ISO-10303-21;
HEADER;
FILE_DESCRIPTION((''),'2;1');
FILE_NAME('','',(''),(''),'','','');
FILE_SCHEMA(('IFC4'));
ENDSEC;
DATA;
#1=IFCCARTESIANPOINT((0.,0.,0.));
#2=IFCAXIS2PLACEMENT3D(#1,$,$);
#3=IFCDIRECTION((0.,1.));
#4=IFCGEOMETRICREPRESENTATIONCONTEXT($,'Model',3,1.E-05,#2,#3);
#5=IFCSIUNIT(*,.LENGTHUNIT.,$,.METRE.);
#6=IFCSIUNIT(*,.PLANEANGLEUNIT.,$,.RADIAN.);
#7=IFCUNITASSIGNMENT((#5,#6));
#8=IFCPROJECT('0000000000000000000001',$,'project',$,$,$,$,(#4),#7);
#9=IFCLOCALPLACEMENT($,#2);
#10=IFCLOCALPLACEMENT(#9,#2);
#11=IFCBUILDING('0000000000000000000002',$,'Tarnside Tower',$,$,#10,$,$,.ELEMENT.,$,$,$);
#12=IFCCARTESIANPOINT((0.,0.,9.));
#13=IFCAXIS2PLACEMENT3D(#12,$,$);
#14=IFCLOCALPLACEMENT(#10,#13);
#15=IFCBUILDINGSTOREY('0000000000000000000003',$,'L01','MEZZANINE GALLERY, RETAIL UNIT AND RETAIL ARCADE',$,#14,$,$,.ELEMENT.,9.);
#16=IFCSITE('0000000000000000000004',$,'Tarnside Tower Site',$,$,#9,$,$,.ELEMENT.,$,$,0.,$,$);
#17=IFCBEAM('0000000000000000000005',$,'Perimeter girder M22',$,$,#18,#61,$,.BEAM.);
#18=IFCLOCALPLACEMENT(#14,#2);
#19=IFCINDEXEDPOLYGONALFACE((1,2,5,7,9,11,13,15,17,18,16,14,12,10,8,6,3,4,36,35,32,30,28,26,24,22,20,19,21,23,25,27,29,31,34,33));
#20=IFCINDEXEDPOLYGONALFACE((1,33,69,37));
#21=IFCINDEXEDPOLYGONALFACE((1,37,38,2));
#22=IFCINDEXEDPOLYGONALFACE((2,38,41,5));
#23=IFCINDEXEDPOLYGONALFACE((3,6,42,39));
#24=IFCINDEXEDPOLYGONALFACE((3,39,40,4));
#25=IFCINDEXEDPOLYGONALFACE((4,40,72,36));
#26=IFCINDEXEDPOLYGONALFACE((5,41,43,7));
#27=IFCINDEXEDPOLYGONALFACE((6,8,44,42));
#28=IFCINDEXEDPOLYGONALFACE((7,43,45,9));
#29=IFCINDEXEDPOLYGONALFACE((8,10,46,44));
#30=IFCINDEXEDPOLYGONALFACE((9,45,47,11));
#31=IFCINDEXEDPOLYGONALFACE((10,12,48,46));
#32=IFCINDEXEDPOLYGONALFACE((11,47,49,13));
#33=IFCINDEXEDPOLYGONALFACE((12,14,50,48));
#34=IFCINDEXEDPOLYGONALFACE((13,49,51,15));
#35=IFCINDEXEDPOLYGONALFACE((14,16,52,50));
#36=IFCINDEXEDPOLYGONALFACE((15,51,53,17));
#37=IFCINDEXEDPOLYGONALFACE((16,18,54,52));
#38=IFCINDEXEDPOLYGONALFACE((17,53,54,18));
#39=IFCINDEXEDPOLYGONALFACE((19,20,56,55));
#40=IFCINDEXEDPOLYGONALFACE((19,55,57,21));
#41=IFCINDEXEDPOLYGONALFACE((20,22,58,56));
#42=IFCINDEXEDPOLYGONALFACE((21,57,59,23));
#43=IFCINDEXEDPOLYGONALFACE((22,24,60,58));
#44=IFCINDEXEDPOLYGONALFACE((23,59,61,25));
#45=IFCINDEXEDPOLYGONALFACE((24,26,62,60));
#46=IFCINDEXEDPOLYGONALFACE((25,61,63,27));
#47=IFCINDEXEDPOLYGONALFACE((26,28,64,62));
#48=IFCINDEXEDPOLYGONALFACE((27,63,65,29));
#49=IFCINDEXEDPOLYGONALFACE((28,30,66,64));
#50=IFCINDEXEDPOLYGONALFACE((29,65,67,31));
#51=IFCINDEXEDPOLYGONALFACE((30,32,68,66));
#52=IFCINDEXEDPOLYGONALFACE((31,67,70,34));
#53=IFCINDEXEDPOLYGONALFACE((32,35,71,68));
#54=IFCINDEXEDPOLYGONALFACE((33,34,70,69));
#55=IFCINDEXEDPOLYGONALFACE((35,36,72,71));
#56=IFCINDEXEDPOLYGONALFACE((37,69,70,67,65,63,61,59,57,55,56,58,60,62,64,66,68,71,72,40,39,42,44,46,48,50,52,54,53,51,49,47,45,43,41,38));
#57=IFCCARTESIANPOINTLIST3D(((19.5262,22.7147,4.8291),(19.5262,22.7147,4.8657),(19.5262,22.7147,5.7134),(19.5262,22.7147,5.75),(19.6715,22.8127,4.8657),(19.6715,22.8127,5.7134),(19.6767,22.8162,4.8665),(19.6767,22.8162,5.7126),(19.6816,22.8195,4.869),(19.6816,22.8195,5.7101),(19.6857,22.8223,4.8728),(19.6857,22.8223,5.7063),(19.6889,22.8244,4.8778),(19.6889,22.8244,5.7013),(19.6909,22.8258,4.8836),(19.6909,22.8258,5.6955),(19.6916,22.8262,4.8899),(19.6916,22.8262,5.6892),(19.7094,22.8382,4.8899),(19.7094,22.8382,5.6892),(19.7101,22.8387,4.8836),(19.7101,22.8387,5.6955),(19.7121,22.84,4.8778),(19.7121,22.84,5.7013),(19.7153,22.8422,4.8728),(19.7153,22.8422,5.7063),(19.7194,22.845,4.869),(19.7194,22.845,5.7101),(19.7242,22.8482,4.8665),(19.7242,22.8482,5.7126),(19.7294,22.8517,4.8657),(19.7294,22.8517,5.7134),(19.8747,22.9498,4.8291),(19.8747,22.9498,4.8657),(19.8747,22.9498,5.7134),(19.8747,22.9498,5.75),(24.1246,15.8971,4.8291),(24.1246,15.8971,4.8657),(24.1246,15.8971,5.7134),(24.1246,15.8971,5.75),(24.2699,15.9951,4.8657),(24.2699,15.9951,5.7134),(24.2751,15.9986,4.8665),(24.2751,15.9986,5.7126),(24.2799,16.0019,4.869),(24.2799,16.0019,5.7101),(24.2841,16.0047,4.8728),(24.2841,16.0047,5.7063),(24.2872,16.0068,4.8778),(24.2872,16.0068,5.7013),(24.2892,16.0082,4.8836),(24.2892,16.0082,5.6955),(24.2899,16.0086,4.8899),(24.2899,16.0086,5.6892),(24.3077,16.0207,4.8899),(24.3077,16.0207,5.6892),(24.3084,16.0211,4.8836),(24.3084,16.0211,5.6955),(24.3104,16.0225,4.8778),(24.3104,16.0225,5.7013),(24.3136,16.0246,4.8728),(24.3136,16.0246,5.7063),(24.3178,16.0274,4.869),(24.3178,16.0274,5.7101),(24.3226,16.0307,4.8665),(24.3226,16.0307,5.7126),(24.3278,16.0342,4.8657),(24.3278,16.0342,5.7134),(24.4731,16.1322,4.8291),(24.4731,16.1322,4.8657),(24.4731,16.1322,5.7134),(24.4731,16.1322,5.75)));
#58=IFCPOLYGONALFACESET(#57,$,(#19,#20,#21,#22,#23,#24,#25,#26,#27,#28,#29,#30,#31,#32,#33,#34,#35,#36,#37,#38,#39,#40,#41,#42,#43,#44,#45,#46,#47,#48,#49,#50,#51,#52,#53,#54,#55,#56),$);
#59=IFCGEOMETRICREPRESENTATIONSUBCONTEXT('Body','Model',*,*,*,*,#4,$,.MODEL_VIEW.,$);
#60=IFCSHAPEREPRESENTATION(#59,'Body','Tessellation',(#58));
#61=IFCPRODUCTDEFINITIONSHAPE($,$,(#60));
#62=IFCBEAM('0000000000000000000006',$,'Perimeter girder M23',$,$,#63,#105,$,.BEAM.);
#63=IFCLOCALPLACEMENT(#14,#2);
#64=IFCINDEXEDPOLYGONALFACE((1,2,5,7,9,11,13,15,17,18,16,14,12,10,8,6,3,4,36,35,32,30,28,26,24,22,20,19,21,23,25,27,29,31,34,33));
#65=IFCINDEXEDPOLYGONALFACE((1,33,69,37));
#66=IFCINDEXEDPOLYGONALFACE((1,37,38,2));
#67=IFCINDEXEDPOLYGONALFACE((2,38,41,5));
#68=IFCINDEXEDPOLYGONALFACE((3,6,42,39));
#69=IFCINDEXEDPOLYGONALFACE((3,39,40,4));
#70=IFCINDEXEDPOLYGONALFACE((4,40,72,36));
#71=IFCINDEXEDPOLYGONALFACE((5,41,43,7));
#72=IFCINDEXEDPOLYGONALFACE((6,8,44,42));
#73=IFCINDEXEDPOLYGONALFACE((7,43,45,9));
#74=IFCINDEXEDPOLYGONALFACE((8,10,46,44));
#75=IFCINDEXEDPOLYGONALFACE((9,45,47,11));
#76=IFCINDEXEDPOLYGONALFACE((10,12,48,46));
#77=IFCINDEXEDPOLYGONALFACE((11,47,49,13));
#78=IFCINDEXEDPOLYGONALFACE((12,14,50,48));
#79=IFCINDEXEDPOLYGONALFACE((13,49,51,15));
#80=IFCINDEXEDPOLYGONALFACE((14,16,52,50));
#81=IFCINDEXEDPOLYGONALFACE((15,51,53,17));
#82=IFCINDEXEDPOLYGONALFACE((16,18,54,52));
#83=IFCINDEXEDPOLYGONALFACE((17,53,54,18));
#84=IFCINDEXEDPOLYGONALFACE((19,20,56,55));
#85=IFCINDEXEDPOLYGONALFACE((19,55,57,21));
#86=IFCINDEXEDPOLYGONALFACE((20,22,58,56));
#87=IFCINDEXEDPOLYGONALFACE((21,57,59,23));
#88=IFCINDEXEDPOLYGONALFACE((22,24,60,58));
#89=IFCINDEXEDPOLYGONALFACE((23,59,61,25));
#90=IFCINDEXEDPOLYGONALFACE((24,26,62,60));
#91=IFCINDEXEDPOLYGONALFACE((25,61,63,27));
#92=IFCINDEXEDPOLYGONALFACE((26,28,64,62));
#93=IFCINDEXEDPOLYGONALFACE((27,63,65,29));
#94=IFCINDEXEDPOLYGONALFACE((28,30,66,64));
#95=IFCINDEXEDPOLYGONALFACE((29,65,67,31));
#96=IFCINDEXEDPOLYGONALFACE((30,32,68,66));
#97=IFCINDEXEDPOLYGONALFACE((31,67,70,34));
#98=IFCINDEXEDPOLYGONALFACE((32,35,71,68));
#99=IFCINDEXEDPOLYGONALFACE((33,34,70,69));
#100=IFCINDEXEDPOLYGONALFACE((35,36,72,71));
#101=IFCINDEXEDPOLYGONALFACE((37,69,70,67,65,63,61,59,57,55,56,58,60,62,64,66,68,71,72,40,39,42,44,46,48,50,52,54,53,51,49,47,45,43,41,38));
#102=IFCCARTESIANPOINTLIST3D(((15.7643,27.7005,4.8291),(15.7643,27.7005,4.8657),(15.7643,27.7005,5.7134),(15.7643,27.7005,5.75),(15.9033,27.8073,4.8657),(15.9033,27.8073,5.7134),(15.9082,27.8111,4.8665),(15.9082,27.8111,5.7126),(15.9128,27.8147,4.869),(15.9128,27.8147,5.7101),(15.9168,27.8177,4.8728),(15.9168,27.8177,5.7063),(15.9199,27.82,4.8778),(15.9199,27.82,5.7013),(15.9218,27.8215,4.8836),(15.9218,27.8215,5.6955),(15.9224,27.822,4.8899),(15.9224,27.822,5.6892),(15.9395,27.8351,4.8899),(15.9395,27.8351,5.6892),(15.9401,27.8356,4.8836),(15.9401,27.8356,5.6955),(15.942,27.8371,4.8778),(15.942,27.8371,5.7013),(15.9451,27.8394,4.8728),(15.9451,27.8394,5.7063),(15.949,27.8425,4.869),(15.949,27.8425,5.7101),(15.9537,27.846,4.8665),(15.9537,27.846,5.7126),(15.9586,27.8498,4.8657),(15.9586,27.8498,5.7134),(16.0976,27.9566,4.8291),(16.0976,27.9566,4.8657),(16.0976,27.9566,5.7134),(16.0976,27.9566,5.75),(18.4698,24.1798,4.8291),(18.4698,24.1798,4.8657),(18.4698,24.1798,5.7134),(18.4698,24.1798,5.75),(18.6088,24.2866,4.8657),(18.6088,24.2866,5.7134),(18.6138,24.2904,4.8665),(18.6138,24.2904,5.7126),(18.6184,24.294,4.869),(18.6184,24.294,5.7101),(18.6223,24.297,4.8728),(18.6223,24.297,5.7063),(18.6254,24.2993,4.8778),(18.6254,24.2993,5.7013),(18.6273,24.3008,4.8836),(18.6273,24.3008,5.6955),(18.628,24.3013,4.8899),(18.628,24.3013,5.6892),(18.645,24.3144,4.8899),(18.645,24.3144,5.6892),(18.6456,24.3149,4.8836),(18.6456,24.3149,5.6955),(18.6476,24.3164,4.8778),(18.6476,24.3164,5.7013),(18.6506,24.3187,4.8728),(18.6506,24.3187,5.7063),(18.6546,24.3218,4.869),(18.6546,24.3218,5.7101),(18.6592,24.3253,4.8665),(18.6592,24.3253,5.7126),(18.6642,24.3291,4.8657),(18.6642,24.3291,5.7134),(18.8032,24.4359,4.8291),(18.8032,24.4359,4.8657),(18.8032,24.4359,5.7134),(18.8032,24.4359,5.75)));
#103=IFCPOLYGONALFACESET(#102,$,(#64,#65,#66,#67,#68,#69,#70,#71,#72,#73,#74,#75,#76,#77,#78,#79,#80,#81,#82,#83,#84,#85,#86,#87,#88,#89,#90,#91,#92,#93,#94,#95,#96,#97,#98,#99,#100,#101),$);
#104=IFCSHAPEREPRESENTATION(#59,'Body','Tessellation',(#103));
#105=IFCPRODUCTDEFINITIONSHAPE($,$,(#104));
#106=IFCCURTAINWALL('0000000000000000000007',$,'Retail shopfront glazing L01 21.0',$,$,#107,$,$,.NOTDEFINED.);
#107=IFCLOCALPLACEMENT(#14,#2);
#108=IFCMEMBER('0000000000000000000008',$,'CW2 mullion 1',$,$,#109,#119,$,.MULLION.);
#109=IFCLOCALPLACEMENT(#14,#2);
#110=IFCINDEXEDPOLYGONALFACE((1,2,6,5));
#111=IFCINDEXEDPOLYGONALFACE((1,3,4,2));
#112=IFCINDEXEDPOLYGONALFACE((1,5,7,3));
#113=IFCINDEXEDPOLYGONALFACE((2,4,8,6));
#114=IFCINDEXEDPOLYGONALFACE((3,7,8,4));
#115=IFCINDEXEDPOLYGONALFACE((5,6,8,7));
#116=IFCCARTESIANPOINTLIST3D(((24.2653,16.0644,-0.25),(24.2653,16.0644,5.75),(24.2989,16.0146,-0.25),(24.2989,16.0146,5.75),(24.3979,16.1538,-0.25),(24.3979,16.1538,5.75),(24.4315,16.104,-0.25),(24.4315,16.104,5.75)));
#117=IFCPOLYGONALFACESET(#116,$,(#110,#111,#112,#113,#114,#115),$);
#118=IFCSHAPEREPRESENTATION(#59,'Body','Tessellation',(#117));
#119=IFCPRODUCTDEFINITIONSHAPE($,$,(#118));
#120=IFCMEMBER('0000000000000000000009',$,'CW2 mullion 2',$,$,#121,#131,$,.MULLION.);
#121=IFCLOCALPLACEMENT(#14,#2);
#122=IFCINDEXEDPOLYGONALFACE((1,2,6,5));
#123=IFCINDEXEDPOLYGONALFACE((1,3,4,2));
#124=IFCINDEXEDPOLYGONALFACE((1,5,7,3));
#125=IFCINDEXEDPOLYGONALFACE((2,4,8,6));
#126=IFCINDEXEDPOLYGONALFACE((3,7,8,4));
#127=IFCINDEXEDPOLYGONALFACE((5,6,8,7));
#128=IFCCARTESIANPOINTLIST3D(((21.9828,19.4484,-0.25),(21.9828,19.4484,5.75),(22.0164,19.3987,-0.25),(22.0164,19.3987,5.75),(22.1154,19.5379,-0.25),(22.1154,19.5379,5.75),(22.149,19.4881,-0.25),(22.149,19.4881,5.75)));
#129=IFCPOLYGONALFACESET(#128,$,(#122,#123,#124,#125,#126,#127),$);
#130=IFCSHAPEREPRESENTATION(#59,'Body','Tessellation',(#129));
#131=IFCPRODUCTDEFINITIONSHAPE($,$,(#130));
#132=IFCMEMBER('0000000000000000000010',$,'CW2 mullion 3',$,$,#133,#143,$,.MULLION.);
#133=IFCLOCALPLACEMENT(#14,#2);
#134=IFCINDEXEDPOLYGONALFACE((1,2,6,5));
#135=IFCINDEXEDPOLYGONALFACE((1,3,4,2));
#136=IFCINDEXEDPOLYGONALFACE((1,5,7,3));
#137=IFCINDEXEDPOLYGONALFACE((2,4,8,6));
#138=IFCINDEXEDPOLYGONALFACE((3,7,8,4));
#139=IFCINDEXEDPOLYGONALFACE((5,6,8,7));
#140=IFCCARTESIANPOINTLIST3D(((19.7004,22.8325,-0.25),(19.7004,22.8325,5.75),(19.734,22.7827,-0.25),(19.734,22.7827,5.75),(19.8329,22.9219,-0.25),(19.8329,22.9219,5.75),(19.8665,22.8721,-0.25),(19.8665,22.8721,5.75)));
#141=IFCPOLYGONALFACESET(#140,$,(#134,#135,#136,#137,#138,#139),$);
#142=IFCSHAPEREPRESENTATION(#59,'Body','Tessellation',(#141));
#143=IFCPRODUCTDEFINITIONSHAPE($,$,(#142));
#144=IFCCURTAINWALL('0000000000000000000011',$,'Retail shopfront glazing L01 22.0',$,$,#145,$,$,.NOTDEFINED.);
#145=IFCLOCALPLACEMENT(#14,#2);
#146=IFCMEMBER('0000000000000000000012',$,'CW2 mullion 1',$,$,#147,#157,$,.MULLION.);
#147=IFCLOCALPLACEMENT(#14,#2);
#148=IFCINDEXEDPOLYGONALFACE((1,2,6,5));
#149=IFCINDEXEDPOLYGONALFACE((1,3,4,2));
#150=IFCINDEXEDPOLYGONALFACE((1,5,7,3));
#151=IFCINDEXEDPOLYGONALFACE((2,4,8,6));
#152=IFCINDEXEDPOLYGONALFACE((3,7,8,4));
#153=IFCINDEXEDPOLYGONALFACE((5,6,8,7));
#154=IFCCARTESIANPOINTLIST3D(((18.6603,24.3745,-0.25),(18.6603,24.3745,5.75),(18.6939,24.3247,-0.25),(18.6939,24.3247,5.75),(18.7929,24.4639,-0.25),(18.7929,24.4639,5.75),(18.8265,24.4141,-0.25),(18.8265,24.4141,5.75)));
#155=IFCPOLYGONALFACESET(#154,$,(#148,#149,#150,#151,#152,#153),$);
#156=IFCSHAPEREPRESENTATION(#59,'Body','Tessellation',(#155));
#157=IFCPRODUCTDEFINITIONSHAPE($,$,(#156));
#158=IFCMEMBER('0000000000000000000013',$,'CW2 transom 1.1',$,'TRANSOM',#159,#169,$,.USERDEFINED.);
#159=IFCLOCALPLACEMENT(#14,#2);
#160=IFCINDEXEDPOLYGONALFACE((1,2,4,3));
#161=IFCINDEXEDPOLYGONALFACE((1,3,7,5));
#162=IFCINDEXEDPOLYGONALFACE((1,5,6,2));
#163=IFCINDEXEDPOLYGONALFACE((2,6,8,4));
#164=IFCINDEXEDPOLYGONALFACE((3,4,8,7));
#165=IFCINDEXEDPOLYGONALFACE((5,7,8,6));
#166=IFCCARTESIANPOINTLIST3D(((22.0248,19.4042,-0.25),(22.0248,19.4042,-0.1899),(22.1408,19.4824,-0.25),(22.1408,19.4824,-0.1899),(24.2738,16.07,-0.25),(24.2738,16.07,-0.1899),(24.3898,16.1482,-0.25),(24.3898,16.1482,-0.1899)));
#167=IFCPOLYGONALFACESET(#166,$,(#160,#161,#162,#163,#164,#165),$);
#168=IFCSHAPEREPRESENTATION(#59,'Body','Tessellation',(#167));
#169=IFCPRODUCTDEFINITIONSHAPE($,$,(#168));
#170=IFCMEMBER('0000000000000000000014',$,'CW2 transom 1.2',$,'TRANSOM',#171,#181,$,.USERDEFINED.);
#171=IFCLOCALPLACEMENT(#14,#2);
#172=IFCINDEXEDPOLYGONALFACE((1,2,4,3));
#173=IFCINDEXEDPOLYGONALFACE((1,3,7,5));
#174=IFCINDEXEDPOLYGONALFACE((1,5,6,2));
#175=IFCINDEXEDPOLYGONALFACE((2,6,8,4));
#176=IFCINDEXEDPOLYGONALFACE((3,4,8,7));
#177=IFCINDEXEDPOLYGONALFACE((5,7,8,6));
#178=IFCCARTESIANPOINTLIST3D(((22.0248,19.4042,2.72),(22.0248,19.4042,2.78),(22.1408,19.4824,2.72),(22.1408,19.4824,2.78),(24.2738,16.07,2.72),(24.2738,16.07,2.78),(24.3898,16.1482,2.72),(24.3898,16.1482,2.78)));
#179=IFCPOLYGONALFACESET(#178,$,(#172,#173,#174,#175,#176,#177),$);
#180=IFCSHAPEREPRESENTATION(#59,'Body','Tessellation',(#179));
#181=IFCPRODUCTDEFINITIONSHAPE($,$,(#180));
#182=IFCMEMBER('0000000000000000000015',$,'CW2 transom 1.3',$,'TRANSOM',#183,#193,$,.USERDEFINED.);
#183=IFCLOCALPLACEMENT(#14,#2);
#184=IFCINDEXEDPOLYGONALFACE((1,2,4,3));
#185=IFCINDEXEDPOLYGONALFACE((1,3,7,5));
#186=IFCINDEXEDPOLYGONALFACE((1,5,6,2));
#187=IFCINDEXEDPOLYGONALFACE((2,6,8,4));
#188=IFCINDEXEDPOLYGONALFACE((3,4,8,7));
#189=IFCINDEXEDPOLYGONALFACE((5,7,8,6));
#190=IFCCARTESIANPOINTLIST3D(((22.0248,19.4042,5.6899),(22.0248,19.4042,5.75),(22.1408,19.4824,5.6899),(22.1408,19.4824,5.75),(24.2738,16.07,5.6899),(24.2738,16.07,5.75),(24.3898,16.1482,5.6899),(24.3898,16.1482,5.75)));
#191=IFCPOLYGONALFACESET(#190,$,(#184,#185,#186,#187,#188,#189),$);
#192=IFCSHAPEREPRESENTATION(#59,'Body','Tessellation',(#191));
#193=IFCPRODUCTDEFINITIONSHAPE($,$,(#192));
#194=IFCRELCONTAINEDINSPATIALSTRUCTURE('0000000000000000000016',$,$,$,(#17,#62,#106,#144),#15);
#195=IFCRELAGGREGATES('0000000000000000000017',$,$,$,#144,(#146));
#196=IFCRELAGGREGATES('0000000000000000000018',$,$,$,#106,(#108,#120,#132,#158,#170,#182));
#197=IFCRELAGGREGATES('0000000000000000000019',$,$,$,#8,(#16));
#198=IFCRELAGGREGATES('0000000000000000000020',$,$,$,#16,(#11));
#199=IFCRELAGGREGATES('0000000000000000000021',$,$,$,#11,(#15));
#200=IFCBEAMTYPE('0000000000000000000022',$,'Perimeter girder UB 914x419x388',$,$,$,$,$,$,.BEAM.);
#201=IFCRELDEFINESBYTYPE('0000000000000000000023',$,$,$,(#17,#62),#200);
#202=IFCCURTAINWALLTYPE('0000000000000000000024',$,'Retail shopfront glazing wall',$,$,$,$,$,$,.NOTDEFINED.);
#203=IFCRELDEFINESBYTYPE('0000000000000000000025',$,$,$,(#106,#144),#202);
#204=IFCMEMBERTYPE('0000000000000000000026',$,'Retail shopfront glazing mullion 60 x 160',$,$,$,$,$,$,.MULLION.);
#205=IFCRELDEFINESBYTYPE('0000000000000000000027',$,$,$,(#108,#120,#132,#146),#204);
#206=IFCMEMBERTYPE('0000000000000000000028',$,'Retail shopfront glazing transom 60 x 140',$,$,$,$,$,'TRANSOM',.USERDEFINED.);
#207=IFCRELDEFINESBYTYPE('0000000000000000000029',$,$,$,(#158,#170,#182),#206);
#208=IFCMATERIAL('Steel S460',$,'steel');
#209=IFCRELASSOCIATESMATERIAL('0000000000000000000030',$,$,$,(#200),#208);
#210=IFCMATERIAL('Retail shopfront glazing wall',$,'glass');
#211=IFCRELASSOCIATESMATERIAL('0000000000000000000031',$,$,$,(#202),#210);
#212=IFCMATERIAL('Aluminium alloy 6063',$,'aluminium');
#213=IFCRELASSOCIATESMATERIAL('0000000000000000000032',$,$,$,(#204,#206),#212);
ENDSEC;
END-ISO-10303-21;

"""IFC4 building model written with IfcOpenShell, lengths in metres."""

from ifc_helpers import new_model, si_unit, direction, frame, origin, origin_2d, place, context, subcontext, project, spatial, rectangle, i_section, extrude, material, material_profile, profile_set, type_object, element, aggregate, save


model = new_model("IFC4")

# Units and contexts
model_context = context("Model", 3, precision=1e-05, world=origin(), true_north=direction((0.0, 1.0)))
body_context = subcontext(model_context, "Body", "Model", "MODEL_VIEW")
ifc_project = project(units=[si_unit("LENGTHUNIT", "METRE"), si_unit("PLANEANGLEUNIT", "RADIAN")], contexts=[model_context])

# Site, building, storey
site_placement = place(None, origin())
site = spatial("IfcSite", under=ifc_project, at=site_placement, Name="Tarnside Tower Site", CompositionType="ELEMENT", RefElevation=0.0)
building_placement = place(site_placement, origin())
building = spatial("IfcBuilding", under=site, at=building_placement, Name="Tarnside Tower", CompositionType="ELEMENT")
storey_placement = place(building_placement, frame((0.0, 0.0, 9.0)))
storey = spatial("IfcBuildingStorey", under=building, at=storey_placement, Name="L01", Description="MEZZANINE GALLERY, RETAIL UNIT AND RETAIL ARCADE", CompositionType="ELEMENT", Elevation=9.0)

# Beams
ifc_material_1 = material(Name="Steel S460", Category="steel")
ifc_material_profile_1 = material_profile(ifc_material_1, i_section(OverallWidth=0.4204, OverallDepth=0.9209, WebThickness=0.0215, FlangeThickness=0.0366, FilletRadius=0.0242, at=origin_2d()), Name="UB 914x419x388")
ifc_profile_set_1 = profile_set([ifc_material_profile_1], Name="Steel S460")
beam_type_1 = type_object("IfcBeamType", Name="Perimeter girder UB 914x419x388", PredefinedType="BEAM", material=ifc_profile_set_1)
beam_1_placement = place(storey_placement, frame((24.2988, 16.0146, 5.2896), z_axis=(-0.55918, 0.829047, 0.0), x_axis=(-0.829047, -0.55918, 0.0)))
element("IfcBeam", 1, at=beam_1_placement, inside=storey, type_object=beam_type_1, Name="Perimeter girder M22", PredefinedType="BEAM", context=body_context, shape_type="SweptSolid", body=[
    extrude(i_section(OverallWidth=0.4204, OverallDepth=0.9209, WebThickness=0.0215, FlangeThickness=0.0366, FilletRadius=0.0242, at=origin_2d()), origin(), (0.0, 0.0, 1.0), 8.2234),
])
beam_2_placement = place(storey_placement, frame((18.6365, 24.3079, 5.2896), z_axis=(-0.609328, 0.792918, 0.0), x_axis=(-0.792918, -0.609328, 0.0)))
element("IfcBeam", 2, at=beam_2_placement, inside=storey, type_object=beam_type_1, Name="Perimeter girder M23", PredefinedType="BEAM", context=body_context, shape_type="SweptSolid", body=[
    extrude(i_section(OverallWidth=0.4204, OverallDepth=0.9209, WebThickness=0.0215, FlangeThickness=0.0366, FilletRadius=0.0242, at=origin_2d()), origin(), (0.0, 0.0, 1.0), 4.4402),
])

# Curtain wall, members
ifc_material_2 = material(Name="Retail shopfront glazing wall", Category="glass")
curtain_wall_type = type_object("IfcCurtainWallType", Name="Retail shopfront glazing wall", PredefinedType="NOTDEFINED", material=ifc_material_2)
curtain_wall_1_placement = place(storey_placement, origin())
curtain_wall_1 = element("IfcCurtainWall", 3, at=curtain_wall_1_placement, inside=storey, type_object=curtain_wall_type, Name="Retail shopfront glazing L01 21.0", PredefinedType="NOTDEFINED")
ifc_material_3 = material(Name="Aluminium alloy 6063", Category="aluminium")
ifc_material_profile_2 = material_profile(ifc_material_3, rectangle(XDim=0.1599, YDim=0.0601, at=origin_2d()), Name="Retail shopfront glazing mullion 60 x 160")
ifc_profile_set_2 = profile_set([ifc_material_profile_2], Name="Aluminium alloy 6063")
member_type_1 = type_object("IfcMemberType", Name="Retail shopfront glazing mullion 60 x 160", PredefinedType="MULLION", material=ifc_profile_set_2)
member_1_placement = place(storey_placement, frame((24.3484, 16.0842, -0.25), z_axis=(0.0, 0.0, 1.0), x_axis=(-0.829038, -0.559193, 0.0)))
member_1 = element("IfcMember", 4, at=member_1_placement, type_object=member_type_1, Name="CW2 mullion 1", PredefinedType="MULLION", context=body_context, shape_type="SweptSolid", body=[
    extrude(rectangle(XDim=0.1599, YDim=0.0601, at=origin_2d()), origin(), (0.0, 0.0, 1.0), 6.0),
])
member_2_placement = place(storey_placement, frame((22.0659, 19.4683, -0.25), z_axis=(0.0, 0.0, 1.0), x_axis=(-0.829038, -0.559193, 0.0)))
member_2 = element("IfcMember", 5, at=member_2_placement, type_object=member_type_1, Name="CW2 mullion 2", PredefinedType="MULLION", context=body_context, shape_type="SweptSolid", body=[
    extrude(rectangle(XDim=0.1599, YDim=0.0601, at=origin_2d()), origin(), (0.0, 0.0, 1.0), 6.0),
])
member_3_placement = place(storey_placement, frame((19.7834, 22.8523, -0.25), z_axis=(0.0, 0.0, 1.0), x_axis=(-0.829038, -0.559193, 0.0)))
member_3 = element("IfcMember", 6, at=member_3_placement, type_object=member_type_1, Name="CW2 mullion 3", PredefinedType="MULLION", context=body_context, shape_type="SweptSolid", body=[
    extrude(rectangle(XDim=0.1599, YDim=0.0601, at=origin_2d()), origin(), (0.0, 0.0, 1.0), 6.0),
])

# Curtain wall, member
curtain_wall_2_placement = place(storey_placement, origin())
curtain_wall_2 = element("IfcCurtainWall", 7, at=curtain_wall_2_placement, inside=storey, type_object=curtain_wall_type, Name="Retail shopfront glazing L01 22.0", PredefinedType="NOTDEFINED")
member_4_placement = place(storey_placement, frame((18.7434, 24.3943, -0.25), z_axis=(0.0, 0.0, 1.0), x_axis=(-0.829038, -0.559193, 0.0)))
member_4 = element("IfcMember", 8, at=member_4_placement, type_object=member_type_1, Name="CW2 mullion 1", PredefinedType="MULLION", context=body_context, shape_type="SweptSolid", body=[
    extrude(rectangle(XDim=0.1599, YDim=0.0601, at=origin_2d()), origin(), (0.0, 0.0, 1.0), 6.0),
])

# Members
ifc_material_profile_3 = material_profile(ifc_material_3, rectangle(XDim=0.1399, YDim=0.0601, at=origin_2d()), Name="Retail shopfront glazing transom 60 x 140")
ifc_profile_set_3 = profile_set([ifc_material_profile_3], Name="Aluminium alloy 6063")
member_type_2 = type_object("IfcMemberType", Name="Retail shopfront glazing transom 60 x 140", ElementType="TRANSOM", PredefinedType="USERDEFINED", material=ifc_profile_set_3)
member_5_placement = place(storey_placement, frame((24.3318, 16.1091, -0.22), z_axis=(-0.559203, 0.829031, 0.0), x_axis=(-0.829031, -0.559203, 0.0)))
member_5 = element("IfcMember", 9, at=member_5_placement, type_object=member_type_2, Name="CW2 transom 1.1", ObjectType="TRANSOM", PredefinedType="USERDEFINED", context=body_context, shape_type="SweptSolid", body=[
    extrude(rectangle(XDim=0.1399, YDim=0.0601, at=origin_2d()), origin(), (0.0, 0.0, 1.0), 4.0217),
])
member_6_placement = place(storey_placement, frame((24.3318, 16.1091, 2.75), z_axis=(-0.559203, 0.829031, 0.0), x_axis=(-0.829031, -0.559203, 0.0)))
member_6 = element("IfcMember", 10, at=member_6_placement, type_object=member_type_2, Name="CW2 transom 1.2", ObjectType="TRANSOM", PredefinedType="USERDEFINED", context=body_context, shape_type="SweptSolid", body=[
    extrude(rectangle(XDim=0.1399, YDim=0.0601, at=origin_2d()), origin(), (0.0, 0.0, 1.0), 4.0217),
])
member_7_placement = place(storey_placement, frame((24.3318, 16.1091, 5.72), z_axis=(-0.559203, 0.829031, 0.0), x_axis=(-0.829031, -0.559203, 0.0)))
member_7 = element("IfcMember", 11, at=member_7_placement, type_object=member_type_2, Name="CW2 transom 1.3", ObjectType="TRANSOM", PredefinedType="USERDEFINED", context=body_context, shape_type="SweptSolid", body=[
    extrude(rectangle(XDim=0.1399, YDim=0.0601, at=origin_2d()), origin(), (0.0, 0.0, 1.0), 4.0217),
])
aggregate(curtain_wall_2, [member_4])

aggregate(curtain_wall_1, [member_1, member_2, member_3, member_5, member_6, member_7])

save(model, "model.ifc")
